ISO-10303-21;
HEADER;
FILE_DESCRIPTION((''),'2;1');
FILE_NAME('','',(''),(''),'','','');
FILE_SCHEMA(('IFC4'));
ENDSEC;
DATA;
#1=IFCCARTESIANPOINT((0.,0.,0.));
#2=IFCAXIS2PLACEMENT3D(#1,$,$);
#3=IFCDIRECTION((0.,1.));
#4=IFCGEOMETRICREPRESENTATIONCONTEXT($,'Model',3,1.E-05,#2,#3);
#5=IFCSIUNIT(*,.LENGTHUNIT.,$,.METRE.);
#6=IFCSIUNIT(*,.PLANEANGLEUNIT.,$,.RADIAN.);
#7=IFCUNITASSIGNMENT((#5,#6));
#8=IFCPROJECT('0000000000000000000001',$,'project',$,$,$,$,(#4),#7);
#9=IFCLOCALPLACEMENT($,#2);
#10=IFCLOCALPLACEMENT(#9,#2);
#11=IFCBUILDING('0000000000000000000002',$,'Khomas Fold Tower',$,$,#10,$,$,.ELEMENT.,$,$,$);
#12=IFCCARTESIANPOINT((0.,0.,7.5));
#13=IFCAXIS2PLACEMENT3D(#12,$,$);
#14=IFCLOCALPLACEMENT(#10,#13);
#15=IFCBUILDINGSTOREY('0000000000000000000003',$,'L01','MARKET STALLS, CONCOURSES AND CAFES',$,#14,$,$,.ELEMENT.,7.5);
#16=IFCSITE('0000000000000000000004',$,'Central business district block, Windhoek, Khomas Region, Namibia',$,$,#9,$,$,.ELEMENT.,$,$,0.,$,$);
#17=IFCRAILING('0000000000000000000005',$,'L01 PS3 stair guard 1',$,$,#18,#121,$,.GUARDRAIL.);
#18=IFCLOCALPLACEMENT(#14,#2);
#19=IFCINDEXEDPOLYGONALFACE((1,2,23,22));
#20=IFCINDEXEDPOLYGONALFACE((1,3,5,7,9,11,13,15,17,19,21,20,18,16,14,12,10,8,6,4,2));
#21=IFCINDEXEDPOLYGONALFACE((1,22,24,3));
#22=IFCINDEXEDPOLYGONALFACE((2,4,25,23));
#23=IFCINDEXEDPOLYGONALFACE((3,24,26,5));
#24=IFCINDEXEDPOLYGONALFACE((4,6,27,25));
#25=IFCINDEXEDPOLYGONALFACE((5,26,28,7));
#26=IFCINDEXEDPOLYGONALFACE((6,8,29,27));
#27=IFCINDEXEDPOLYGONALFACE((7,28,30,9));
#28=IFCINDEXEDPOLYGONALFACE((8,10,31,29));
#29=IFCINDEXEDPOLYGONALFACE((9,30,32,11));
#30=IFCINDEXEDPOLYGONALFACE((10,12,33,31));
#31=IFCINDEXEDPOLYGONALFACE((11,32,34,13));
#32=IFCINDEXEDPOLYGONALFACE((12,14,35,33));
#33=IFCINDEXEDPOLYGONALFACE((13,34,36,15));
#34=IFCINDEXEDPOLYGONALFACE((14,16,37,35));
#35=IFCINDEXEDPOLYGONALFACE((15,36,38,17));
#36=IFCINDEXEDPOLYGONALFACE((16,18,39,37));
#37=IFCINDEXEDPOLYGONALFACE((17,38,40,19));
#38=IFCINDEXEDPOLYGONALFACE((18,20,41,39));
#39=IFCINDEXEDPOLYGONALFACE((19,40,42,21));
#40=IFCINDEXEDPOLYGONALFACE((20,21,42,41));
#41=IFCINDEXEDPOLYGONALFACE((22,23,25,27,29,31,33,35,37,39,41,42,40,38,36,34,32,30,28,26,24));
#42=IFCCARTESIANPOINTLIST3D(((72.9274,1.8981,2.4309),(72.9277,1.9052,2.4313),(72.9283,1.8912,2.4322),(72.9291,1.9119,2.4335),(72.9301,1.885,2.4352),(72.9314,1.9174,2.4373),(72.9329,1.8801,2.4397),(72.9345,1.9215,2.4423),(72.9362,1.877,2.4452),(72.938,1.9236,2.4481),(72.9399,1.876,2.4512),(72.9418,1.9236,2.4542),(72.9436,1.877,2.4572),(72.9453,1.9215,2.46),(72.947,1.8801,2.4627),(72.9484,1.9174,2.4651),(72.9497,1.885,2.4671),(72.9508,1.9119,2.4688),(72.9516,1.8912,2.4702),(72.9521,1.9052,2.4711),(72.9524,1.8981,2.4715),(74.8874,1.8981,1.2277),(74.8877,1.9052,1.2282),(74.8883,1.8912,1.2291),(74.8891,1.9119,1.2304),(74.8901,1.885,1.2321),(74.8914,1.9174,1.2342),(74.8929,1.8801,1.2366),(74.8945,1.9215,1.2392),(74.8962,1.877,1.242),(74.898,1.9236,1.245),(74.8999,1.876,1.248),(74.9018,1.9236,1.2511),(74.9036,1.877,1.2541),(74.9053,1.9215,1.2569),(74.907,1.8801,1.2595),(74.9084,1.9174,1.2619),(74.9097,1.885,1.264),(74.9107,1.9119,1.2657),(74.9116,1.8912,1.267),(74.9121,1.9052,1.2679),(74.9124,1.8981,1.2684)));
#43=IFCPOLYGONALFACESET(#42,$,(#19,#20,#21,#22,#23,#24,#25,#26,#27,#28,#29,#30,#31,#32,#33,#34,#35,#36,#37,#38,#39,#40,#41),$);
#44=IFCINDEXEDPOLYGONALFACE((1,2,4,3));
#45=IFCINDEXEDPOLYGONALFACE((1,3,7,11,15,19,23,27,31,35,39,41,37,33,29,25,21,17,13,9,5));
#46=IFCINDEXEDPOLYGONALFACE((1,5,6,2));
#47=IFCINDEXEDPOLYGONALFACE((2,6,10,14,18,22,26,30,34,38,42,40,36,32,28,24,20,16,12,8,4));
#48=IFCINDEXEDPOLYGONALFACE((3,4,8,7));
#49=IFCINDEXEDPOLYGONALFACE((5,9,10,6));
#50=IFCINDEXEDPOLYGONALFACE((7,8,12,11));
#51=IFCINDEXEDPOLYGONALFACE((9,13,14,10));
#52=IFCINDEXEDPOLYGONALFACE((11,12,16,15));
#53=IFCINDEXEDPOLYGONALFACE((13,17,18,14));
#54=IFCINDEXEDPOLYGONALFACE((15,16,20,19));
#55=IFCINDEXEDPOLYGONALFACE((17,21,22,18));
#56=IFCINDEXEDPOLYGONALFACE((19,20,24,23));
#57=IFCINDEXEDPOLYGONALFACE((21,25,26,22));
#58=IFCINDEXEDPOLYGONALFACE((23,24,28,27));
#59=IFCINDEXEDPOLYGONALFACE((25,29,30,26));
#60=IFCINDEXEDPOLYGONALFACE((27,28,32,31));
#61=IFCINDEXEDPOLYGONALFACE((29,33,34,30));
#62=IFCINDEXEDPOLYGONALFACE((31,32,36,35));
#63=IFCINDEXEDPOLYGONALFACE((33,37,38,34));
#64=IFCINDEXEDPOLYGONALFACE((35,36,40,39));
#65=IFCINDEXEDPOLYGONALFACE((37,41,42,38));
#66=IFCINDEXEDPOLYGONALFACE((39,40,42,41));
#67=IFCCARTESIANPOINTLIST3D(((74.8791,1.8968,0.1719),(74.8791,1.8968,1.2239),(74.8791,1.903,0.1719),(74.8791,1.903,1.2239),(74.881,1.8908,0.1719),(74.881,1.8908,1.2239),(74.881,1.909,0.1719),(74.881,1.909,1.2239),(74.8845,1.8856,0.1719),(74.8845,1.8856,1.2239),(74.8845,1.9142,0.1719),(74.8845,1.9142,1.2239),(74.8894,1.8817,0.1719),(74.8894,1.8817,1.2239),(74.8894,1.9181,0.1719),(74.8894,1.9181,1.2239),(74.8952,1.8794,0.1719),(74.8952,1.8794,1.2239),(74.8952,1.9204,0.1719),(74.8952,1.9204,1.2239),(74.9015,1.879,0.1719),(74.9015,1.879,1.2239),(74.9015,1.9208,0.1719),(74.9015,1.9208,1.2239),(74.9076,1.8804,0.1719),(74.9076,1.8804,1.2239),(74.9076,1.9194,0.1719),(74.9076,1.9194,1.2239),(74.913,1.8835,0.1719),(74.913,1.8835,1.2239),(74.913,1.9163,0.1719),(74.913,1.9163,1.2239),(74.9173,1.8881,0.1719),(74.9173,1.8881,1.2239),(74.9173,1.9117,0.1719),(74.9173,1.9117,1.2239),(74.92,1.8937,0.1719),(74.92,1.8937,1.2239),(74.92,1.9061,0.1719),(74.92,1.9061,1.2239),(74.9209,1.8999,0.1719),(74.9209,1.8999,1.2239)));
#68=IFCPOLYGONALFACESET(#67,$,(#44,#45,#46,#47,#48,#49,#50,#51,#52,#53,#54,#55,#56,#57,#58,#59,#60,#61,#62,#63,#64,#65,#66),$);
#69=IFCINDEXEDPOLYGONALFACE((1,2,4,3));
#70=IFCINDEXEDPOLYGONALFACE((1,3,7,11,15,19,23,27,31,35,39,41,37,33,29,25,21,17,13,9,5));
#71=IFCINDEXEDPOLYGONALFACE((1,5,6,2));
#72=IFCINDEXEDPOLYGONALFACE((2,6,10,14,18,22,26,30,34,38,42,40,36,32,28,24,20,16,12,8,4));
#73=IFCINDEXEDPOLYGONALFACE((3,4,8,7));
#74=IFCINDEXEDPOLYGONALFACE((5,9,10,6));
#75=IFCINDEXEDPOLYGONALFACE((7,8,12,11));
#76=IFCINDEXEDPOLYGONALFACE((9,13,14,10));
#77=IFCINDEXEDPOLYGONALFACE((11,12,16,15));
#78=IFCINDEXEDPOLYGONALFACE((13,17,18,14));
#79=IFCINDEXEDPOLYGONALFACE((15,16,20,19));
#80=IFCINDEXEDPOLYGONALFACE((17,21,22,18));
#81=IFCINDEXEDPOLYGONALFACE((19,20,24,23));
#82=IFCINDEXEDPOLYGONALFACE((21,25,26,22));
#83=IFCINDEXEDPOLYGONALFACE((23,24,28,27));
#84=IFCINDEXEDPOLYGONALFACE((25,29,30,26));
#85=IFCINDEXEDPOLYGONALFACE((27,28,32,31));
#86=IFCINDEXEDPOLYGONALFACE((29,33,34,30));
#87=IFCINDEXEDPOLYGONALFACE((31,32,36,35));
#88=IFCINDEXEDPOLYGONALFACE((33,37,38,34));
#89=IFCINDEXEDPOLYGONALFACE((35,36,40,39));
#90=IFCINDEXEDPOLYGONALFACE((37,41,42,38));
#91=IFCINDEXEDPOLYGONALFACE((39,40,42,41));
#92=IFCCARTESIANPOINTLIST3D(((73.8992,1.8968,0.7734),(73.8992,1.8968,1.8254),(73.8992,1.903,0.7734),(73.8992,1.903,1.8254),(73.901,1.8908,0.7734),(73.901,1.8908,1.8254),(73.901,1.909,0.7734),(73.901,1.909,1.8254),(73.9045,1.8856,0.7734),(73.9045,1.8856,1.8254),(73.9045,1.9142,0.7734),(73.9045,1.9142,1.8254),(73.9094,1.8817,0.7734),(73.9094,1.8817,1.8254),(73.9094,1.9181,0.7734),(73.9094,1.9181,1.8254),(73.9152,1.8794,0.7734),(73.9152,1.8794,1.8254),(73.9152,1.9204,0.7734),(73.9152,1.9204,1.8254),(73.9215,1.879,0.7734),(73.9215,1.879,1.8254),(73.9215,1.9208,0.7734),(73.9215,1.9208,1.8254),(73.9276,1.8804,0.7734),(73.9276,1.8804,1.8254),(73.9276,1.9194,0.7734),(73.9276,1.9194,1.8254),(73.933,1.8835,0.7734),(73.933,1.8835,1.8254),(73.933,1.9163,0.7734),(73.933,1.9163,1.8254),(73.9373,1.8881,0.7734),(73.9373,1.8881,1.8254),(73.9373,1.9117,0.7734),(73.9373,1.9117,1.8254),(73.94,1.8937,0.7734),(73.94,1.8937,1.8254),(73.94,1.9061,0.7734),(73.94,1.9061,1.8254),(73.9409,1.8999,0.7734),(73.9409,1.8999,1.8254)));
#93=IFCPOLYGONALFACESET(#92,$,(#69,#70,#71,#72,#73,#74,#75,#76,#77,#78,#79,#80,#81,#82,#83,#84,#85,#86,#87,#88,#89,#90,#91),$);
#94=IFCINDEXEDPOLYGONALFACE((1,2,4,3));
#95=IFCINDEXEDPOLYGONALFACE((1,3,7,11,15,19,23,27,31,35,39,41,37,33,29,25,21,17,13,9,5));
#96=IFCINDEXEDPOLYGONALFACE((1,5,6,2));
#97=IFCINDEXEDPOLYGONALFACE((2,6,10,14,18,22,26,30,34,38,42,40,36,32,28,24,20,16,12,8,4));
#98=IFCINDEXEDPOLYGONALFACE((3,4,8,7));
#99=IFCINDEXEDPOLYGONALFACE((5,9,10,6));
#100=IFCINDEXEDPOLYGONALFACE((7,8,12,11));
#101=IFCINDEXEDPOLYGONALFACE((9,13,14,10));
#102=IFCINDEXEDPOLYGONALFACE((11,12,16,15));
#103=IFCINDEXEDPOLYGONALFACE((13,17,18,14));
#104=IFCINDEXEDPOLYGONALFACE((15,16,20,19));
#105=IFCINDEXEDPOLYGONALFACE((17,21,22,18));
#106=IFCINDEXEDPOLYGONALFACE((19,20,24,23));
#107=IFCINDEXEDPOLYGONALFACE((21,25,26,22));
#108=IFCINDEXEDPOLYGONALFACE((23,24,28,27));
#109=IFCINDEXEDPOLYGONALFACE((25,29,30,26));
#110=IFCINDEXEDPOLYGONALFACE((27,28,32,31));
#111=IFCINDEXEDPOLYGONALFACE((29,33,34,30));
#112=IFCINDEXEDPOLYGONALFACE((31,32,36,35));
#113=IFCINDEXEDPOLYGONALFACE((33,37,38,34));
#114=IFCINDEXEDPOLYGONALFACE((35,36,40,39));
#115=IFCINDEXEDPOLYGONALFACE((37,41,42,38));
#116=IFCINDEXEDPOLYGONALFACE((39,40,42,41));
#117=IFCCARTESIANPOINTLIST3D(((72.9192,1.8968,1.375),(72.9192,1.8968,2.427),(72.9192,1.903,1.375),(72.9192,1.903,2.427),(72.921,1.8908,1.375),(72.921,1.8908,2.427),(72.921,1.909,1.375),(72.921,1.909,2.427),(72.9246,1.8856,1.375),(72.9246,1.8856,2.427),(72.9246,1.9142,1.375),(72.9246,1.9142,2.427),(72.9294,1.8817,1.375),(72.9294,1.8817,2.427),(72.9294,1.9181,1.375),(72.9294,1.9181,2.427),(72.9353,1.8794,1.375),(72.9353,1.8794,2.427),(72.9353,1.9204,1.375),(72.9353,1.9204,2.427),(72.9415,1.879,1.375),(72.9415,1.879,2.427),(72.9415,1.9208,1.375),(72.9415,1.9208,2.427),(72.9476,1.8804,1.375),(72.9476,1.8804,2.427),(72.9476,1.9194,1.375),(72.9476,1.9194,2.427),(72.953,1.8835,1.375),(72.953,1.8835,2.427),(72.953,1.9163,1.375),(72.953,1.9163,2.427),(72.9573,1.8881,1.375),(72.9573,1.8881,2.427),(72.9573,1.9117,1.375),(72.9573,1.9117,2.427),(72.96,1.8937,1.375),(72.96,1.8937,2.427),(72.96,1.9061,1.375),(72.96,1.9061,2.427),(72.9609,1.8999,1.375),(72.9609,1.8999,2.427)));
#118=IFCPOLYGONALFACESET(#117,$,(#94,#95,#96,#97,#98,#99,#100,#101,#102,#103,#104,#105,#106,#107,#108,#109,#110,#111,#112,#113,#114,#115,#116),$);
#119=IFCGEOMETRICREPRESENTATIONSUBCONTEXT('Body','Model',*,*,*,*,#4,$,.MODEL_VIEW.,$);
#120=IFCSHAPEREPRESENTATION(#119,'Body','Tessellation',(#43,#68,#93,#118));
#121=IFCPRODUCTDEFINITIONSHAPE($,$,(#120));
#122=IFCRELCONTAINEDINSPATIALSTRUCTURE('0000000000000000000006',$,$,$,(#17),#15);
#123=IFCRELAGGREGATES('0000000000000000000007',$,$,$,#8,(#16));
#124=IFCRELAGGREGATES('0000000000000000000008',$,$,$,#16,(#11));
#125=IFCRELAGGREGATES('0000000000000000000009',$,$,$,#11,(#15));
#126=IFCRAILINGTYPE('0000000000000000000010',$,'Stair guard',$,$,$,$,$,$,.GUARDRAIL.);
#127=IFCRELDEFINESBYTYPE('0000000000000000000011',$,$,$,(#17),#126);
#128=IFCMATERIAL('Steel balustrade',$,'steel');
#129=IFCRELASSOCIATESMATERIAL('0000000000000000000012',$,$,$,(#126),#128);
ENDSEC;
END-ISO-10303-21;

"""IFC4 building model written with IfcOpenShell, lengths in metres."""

from ifc_helpers import new_model, si_unit, direction, frame, origin, origin_2d, place, context, subcontext, project, spatial, circle, extrude, source, transform, mapped, material, type_object, element, save


model = new_model("IFC4")

# Units and contexts
model_context = context("Model", 3, precision=1e-05, world=origin(), true_north=direction((0.0, 1.0)))
body_context = subcontext(model_context, "Body", "Model", "MODEL_VIEW")
ifc_project = project(units=[si_unit("LENGTHUNIT", "METRE"), si_unit("PLANEANGLEUNIT", "RADIAN")], contexts=[model_context])

# Site, building, storey
site_placement = place(None, origin())
site = spatial("IfcSite", under=ifc_project, at=site_placement, Name="Central business district block, Windhoek, Khomas Region, Namibia", CompositionType="ELEMENT", RefElevation=0.0)
building_placement = place(site_placement, origin())
building = spatial("IfcBuilding", under=site, at=building_placement, Name="Khomas Fold Tower", CompositionType="ELEMENT")
storey_placement = place(building_placement, frame((0.0, 0.0, 7.5)))
storey = spatial("IfcBuildingStorey", under=building, at=storey_placement, Name="L01", Description="MARKET STALLS, CONCOURSES AND CAFES", CompositionType="ELEMENT", Elevation=7.5)

# Railing
ifc_material_1 = material(Name="Steel balustrade", Category="steel")
railing_type_1 = type_object("IfcRailingType", Name="Stair guard", PredefinedType="GUARDRAIL", material=ifc_material_1)
shared_shape_1 = source(origin(), body_context, "Body", "SweptSolid", [
    extrude(circle(Radius=0.0239, at=origin_2d()), frame((0.0, 0.0, 1.0762), z_axis=(-0.852241, 0.0, 0.523149), x_axis=(0.0, -1.0, 0.0)), (0.0, 0.0, 1.0), 2.2998),
    extrude(circle(Radius=0.021, at=origin_2d()), origin(), (0.0, 0.0, 1.0), 1.052),
    extrude(circle(Radius=0.021, at=origin_2d()), frame((-0.98, 0.0, 0.6016)), (0.0, 0.0, 1.0), 1.052),
    extrude(circle(Radius=0.021, at=origin_2d()), frame((-1.96, 0.0, 1.2031)), (0.0, 0.0, 1.0), 1.052),
])
for number, where, name in (
    (1, (74.8999, 1.8999, 0.1719), "L01 PS3 stair guard 1"),
):
    element("IfcRailing", number, at=place(storey_placement, frame(where)), inside=storey, type_object=railing_type_1, Name=name, PredefinedType="GUARDRAIL", context=body_context, shape_type="MappedRepresentation", body=[
        mapped(shared_shape_1, transform((0.0, 0.0, 0.0))),
    ])

save(model, "model.ifc")
